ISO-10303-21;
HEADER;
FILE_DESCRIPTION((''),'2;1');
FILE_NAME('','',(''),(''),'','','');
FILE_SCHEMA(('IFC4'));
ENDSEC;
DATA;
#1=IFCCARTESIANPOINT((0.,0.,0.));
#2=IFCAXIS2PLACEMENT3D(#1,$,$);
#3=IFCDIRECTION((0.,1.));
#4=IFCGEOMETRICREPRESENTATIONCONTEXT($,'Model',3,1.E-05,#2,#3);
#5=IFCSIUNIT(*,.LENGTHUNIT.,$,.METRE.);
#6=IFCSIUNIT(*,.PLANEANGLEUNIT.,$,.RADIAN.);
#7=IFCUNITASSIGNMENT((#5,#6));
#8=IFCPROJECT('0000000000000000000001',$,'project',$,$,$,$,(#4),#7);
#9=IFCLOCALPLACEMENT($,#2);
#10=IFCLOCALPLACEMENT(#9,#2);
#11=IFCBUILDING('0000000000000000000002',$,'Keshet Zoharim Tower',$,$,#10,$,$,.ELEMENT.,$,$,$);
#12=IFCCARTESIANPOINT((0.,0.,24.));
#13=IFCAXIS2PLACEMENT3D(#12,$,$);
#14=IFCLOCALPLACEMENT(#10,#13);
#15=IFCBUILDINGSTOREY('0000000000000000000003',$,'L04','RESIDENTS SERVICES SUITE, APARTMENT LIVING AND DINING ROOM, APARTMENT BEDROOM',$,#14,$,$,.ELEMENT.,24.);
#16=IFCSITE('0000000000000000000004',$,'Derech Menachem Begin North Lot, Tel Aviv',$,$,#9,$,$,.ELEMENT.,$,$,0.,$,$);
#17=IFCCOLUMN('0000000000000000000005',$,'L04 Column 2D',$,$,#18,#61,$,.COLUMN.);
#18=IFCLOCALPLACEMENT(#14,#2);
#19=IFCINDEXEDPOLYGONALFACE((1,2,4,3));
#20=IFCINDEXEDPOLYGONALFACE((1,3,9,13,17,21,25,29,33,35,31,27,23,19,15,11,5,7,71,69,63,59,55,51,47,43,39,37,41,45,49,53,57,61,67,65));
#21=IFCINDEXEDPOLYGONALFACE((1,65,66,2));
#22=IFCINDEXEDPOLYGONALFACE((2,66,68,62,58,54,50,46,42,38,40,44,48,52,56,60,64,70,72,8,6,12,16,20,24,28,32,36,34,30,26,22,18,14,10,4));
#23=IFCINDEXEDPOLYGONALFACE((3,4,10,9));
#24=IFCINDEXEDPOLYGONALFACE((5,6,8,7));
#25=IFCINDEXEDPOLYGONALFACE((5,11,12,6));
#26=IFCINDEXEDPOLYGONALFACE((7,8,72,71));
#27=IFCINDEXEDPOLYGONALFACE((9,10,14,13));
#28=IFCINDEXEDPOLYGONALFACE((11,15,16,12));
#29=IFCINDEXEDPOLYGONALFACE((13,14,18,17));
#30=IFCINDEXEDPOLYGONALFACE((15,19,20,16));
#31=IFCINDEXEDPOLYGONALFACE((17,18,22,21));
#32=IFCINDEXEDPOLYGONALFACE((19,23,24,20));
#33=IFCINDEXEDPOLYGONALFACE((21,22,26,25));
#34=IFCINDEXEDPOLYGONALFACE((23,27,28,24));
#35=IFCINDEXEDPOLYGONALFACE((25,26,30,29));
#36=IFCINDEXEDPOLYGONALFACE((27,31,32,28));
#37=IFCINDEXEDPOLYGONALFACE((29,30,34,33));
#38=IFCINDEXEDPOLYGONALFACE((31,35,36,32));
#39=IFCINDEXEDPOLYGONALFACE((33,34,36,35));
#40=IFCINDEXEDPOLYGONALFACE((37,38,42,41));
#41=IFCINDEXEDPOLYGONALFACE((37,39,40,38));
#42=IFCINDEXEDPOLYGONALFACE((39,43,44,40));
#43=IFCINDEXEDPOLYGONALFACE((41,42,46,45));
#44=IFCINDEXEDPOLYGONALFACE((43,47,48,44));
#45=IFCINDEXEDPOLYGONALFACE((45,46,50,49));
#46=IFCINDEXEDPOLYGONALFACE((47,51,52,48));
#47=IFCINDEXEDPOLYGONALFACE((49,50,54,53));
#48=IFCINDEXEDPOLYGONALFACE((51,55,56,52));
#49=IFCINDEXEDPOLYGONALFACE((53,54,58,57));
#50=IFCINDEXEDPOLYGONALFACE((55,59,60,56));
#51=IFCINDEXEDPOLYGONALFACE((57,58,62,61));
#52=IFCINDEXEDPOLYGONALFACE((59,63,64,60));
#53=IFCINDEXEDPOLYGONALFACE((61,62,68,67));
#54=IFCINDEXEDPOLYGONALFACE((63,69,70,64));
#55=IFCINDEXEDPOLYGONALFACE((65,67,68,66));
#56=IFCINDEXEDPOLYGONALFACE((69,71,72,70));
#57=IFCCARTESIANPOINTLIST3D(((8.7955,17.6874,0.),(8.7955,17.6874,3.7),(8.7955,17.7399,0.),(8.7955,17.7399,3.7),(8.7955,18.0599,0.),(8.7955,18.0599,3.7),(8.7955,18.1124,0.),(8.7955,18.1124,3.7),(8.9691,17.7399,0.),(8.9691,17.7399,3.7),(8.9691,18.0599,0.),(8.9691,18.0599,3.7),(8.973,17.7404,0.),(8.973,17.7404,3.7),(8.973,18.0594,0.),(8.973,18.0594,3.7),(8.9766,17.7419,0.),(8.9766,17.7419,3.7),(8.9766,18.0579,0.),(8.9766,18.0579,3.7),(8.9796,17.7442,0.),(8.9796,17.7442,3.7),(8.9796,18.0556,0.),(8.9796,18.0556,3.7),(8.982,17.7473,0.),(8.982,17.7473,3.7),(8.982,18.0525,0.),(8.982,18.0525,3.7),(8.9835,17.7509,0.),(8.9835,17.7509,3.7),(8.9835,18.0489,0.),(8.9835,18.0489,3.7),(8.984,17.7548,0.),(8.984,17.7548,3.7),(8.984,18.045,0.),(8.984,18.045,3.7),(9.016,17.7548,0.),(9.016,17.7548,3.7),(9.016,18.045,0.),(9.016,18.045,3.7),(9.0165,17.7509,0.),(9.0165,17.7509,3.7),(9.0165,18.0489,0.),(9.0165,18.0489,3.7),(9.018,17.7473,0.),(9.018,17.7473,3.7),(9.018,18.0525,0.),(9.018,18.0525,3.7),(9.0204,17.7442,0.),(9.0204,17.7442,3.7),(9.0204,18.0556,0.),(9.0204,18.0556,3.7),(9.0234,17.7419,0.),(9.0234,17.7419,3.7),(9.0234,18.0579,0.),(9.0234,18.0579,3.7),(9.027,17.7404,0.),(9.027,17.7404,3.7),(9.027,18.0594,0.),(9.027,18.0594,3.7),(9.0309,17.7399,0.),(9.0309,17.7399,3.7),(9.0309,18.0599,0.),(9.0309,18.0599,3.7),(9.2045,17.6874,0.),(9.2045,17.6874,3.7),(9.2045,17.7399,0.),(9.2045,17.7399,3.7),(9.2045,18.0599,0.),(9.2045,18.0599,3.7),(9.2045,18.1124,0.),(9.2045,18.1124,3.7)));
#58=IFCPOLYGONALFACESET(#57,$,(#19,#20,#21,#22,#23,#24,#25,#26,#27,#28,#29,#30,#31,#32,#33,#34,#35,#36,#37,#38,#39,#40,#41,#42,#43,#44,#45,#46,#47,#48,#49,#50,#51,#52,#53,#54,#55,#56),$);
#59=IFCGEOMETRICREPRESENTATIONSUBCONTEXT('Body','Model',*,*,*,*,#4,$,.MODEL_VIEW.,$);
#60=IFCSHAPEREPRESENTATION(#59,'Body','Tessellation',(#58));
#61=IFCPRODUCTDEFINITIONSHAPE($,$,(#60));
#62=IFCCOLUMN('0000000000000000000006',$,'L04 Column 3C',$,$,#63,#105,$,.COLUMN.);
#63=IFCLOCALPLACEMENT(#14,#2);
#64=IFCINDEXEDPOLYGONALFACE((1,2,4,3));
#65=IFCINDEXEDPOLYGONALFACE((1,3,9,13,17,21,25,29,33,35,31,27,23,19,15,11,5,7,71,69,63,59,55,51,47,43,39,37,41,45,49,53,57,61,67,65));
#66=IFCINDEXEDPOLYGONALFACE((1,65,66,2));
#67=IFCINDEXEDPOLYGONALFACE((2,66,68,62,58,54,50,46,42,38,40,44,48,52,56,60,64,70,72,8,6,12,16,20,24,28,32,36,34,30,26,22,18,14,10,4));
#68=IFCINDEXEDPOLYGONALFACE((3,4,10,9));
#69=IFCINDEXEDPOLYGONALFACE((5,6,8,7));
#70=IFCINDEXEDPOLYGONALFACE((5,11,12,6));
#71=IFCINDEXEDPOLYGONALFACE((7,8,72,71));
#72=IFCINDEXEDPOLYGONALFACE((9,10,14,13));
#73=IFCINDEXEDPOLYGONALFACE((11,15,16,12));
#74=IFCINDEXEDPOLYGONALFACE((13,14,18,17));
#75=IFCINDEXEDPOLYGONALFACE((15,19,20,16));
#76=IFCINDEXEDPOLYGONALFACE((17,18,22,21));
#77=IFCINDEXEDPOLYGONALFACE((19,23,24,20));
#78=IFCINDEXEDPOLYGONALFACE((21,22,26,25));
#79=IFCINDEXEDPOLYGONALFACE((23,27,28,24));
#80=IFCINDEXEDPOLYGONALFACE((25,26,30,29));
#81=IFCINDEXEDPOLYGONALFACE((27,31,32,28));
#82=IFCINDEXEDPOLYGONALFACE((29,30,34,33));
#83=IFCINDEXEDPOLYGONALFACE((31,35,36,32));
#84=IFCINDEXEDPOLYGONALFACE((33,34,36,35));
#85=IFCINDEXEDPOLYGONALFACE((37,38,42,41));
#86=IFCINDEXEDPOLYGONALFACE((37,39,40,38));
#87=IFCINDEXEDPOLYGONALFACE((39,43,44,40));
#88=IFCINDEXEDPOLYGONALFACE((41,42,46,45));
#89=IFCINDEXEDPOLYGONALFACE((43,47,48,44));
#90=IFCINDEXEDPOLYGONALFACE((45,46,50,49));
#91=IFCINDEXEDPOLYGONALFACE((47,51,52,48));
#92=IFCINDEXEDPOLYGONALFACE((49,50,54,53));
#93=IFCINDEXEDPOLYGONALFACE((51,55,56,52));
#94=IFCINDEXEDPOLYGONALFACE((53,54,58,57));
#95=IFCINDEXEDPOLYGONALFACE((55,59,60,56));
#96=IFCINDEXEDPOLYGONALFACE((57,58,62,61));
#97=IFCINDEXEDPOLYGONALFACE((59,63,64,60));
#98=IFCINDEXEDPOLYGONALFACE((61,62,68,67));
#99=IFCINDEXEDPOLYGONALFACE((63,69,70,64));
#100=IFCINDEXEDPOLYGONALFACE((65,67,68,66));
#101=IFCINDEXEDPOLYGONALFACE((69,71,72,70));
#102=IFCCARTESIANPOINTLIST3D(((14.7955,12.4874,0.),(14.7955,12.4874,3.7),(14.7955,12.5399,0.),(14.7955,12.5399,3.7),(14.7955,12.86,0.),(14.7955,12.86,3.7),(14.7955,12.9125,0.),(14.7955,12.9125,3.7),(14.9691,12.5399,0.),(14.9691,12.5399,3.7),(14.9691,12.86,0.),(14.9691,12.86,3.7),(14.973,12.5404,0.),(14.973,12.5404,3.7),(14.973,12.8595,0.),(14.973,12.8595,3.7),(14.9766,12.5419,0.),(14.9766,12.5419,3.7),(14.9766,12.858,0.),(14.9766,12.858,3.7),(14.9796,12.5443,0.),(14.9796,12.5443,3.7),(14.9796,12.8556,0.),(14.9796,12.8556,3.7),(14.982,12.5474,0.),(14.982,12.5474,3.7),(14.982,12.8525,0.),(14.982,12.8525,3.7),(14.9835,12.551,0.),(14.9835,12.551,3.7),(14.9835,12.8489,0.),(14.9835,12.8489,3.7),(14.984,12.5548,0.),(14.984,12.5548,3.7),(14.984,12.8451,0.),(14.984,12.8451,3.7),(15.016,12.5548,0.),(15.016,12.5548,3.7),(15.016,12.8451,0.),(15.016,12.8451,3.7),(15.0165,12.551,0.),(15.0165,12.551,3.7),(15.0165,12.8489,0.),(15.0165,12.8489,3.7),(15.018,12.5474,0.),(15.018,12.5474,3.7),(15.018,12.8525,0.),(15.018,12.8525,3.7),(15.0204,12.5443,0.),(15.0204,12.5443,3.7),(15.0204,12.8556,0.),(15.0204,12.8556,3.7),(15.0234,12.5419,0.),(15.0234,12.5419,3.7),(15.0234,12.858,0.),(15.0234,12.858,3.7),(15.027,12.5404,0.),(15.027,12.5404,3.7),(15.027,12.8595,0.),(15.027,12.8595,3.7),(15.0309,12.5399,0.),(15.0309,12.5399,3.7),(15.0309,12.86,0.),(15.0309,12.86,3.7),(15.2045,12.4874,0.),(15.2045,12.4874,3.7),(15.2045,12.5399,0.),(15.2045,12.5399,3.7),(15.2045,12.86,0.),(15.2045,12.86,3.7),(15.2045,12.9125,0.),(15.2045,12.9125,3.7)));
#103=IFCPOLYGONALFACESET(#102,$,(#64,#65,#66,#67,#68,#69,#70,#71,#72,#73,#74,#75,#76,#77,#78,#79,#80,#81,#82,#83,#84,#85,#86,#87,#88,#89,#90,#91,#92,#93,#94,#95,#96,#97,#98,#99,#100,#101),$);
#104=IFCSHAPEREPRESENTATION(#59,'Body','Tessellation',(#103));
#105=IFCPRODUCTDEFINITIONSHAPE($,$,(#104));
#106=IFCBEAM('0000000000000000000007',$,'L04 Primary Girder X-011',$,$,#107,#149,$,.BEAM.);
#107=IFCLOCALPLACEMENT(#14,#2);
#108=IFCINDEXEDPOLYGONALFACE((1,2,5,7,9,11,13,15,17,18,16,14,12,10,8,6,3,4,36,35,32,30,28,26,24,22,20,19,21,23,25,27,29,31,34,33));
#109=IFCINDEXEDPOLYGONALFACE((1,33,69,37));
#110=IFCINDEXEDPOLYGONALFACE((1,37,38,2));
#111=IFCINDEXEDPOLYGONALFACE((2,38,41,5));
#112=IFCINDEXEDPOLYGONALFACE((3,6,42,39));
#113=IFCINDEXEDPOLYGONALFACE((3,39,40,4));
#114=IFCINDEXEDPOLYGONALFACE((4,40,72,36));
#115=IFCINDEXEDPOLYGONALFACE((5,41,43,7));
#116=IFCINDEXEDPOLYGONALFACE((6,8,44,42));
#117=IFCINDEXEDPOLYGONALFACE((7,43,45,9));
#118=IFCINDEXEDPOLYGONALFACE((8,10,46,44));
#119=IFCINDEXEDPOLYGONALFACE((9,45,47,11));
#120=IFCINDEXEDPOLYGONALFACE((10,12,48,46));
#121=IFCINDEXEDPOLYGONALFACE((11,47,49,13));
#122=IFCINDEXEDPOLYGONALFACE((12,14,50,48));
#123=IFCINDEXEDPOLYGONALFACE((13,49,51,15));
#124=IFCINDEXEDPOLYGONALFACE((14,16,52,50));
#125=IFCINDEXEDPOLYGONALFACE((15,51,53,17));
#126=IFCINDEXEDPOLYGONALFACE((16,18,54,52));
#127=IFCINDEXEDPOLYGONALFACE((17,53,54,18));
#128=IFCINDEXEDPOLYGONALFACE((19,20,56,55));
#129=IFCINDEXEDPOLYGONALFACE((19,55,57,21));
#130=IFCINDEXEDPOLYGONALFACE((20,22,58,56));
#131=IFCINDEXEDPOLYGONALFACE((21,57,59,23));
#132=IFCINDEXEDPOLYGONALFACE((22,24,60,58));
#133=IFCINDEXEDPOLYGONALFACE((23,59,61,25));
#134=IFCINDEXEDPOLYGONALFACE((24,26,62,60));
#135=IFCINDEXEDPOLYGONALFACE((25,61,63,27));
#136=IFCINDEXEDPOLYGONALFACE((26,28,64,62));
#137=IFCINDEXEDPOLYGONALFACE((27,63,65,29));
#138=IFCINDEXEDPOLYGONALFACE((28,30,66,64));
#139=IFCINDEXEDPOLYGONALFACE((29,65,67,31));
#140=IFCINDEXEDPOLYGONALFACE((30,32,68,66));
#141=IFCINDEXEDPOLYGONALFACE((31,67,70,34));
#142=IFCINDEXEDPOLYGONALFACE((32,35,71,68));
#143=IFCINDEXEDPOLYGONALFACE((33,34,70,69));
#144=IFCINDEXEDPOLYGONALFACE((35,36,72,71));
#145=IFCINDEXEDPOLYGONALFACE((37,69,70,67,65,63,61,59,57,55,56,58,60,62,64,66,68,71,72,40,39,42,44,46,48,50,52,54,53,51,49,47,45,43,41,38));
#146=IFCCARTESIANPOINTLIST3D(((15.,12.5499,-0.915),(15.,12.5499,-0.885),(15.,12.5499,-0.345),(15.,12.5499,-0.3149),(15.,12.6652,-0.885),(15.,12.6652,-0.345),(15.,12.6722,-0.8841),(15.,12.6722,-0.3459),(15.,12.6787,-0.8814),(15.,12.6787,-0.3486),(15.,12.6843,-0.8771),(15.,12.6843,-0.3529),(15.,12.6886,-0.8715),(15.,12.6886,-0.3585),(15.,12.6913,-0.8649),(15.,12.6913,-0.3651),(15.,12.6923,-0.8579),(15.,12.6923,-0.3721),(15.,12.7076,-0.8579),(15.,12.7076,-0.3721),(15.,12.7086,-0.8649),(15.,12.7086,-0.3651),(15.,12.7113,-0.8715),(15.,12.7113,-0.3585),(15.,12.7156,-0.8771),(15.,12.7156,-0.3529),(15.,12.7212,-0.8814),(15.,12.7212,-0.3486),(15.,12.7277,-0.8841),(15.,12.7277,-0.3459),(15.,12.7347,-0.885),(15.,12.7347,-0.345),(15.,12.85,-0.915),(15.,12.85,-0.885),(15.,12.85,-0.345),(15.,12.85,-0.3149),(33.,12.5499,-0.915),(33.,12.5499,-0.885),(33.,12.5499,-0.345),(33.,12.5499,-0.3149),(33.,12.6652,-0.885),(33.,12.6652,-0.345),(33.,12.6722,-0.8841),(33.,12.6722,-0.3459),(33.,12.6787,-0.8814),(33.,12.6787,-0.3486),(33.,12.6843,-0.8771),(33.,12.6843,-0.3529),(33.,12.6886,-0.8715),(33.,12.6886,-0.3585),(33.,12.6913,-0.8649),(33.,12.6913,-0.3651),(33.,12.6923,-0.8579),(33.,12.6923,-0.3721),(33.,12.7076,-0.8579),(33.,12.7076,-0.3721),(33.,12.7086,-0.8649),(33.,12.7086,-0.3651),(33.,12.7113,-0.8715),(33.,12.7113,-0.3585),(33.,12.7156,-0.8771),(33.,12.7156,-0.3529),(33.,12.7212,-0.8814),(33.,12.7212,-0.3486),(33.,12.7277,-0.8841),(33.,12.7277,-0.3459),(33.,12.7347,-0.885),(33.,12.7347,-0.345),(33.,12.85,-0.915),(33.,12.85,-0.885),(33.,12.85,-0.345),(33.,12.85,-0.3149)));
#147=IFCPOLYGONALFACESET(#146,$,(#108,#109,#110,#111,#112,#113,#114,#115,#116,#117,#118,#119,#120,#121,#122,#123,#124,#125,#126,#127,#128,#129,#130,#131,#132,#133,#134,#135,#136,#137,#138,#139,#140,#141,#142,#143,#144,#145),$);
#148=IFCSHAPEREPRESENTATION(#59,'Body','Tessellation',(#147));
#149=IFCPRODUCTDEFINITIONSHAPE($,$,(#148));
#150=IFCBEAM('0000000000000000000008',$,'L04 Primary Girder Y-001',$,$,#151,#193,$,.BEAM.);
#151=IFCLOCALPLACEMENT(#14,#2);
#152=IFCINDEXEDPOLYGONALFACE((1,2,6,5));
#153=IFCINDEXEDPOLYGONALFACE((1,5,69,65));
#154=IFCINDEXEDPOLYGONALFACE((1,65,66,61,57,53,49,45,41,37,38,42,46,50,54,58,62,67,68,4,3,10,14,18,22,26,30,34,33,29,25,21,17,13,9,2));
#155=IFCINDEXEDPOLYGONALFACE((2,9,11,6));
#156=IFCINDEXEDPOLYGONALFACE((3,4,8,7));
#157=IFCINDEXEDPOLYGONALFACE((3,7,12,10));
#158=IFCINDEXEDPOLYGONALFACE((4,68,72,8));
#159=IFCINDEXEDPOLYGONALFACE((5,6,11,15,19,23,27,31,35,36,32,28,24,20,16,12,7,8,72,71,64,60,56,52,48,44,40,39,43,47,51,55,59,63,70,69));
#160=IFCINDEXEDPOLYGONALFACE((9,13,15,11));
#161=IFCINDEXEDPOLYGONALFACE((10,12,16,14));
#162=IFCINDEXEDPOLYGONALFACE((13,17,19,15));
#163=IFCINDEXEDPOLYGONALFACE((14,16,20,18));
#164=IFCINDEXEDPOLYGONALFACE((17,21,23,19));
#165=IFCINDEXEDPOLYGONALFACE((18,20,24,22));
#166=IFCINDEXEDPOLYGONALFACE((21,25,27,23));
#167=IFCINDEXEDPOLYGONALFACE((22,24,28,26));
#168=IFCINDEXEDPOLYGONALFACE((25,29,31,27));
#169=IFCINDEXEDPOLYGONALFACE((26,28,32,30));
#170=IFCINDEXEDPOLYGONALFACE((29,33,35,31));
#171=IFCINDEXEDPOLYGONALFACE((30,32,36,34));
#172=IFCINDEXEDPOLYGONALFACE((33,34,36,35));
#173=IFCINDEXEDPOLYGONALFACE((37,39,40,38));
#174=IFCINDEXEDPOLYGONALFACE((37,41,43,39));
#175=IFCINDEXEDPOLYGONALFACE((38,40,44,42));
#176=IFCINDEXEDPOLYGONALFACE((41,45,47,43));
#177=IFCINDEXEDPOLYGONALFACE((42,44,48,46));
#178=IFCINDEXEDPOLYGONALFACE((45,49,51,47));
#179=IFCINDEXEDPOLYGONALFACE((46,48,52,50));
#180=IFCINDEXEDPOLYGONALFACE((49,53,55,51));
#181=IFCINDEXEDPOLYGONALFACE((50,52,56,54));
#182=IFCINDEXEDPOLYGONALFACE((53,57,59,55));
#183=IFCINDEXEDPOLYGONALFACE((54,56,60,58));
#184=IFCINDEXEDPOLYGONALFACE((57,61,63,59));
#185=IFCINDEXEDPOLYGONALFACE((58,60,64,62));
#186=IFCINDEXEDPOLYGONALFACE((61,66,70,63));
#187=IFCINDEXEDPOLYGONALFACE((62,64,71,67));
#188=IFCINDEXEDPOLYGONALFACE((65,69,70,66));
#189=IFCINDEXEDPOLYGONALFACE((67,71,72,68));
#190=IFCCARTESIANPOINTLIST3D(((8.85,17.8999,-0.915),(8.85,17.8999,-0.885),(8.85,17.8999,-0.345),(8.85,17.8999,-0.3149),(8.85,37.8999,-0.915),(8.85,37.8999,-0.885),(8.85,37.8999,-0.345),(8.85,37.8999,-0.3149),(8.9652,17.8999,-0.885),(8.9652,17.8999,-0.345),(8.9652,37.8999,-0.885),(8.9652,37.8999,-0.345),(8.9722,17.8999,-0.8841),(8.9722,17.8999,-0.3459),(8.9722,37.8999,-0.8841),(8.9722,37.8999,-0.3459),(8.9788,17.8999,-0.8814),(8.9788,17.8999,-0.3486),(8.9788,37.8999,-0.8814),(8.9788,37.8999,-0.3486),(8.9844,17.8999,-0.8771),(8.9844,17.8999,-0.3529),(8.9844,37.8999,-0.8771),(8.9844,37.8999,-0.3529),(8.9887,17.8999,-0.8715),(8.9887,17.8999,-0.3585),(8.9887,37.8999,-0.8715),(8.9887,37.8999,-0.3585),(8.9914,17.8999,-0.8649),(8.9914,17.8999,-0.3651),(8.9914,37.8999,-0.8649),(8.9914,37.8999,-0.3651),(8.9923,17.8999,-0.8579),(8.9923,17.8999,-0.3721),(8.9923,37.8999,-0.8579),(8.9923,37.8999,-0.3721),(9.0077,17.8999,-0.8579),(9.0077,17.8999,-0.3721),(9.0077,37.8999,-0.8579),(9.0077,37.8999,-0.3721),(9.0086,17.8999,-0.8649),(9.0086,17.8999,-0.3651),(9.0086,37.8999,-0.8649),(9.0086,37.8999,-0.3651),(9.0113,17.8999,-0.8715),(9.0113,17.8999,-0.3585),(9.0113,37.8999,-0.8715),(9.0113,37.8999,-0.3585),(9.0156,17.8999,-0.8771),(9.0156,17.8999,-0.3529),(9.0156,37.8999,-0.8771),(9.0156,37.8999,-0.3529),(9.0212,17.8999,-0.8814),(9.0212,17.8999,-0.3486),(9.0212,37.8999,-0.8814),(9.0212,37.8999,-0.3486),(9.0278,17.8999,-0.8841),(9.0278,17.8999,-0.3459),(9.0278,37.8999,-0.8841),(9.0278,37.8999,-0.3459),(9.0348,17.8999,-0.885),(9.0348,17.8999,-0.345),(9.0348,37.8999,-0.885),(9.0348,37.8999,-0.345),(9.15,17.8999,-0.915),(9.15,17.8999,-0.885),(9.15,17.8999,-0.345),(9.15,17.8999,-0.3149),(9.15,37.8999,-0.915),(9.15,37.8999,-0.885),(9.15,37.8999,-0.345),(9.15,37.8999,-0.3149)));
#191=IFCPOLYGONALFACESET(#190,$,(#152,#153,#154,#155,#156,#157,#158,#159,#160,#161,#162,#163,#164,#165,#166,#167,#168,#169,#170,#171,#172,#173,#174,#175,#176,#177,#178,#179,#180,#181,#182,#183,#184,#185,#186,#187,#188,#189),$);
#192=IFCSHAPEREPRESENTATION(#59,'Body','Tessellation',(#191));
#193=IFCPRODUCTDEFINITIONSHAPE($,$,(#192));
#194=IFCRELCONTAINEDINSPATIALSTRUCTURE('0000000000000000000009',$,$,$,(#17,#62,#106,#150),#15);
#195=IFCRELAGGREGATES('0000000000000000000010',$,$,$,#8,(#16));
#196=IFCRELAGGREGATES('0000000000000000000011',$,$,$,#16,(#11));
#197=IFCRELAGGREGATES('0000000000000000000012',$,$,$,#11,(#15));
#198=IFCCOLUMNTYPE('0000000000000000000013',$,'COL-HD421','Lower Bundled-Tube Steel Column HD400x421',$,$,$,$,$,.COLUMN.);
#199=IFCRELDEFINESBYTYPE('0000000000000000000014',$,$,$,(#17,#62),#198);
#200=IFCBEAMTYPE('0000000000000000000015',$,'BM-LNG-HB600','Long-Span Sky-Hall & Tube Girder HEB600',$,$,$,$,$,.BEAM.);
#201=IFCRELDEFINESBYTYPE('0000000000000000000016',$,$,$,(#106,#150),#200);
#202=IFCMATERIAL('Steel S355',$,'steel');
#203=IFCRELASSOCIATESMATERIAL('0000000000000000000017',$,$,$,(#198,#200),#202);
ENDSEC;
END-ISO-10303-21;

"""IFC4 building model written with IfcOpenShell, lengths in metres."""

from ifc_helpers import new_model, si_unit, direction, frame, origin, origin_2d, place, context, subcontext, project, spatial, i_section, extrude, material, material_profile, profile_set, type_object, element, save


model = new_model("IFC4")

# Units and contexts
model_context = context("Model", 3, precision=1e-05, world=origin(), true_north=direction((0.0, 1.0)))
body_context = subcontext(model_context, "Body", "Model", "MODEL_VIEW")
ifc_project = project(units=[si_unit("LENGTHUNIT", "METRE"), si_unit("PLANEANGLEUNIT", "RADIAN")], contexts=[model_context])

# Site, building, storey
site_placement = place(None, origin())
site = spatial("IfcSite", under=ifc_project, at=site_placement, Name="Derech Menachem Begin North Lot, Tel Aviv", CompositionType="ELEMENT", RefElevation=0.0)
building_placement = place(site_placement, origin())
building = spatial("IfcBuilding", under=site, at=building_placement, Name="Keshet Zoharim Tower", CompositionType="ELEMENT")
storey_placement = place(building_placement, frame((0.0, 0.0, 24.0)))
storey = spatial("IfcBuildingStorey", under=building, at=storey_placement, Name="L04", Description="RESIDENTS SERVICES SUITE, APARTMENT LIVING AND DINING ROOM, APARTMENT BEDROOM", CompositionType="ELEMENT", Elevation=24.0)

# Columns
ifc_material_1 = material(Name="Steel S355", Category="steel")
ifc_material_profile_1 = material_profile(ifc_material_1, i_section(OverallWidth=0.4089, OverallDepth=0.425, WebThickness=0.032, FlangeThickness=0.0525, FilletRadius=0.0149, at=origin_2d()), Name="HD400x421")
ifc_profile_set_1 = profile_set([ifc_material_profile_1], Name="Steel S355")
column_type = type_object("IfcColumnType", Name="COL-HD421", Description="Lower Bundled-Tube Steel Column HD400x421", PredefinedType="COLUMN", material=ifc_profile_set_1)
for number, where, z_axis, x_axis, name in (
    (1, (9.0, 17.8999, 0.0), (0.0, 0.0, 1.0), (1.0, 0.0, 0.0), "L04 Column 2D"),
    (2, (15.0, 12.7, 0.0), (0.0, 0.0, 1.0), (1.0, 0.0, 0.0), "L04 Column 3C"),
):
    element("IfcColumn", number, at=place(storey_placement, frame(where, z_axis=z_axis, x_axis=x_axis)), inside=storey, type_object=column_type, Name=name, PredefinedType="COLUMN", context=body_context, shape_type="SweptSolid", body=[
        extrude(i_section(OverallWidth=0.4089, OverallDepth=0.425, WebThickness=0.032, FlangeThickness=0.0525, FilletRadius=0.0149, at=origin_2d()), origin(), (0.0, 0.0, 1.0), 3.7),
    ])

# Beams
ifc_material_profile_2 = material_profile(ifc_material_1, i_section(OverallWidth=0.3, OverallDepth=0.6001, WebThickness=0.0154, FlangeThickness=0.03, FilletRadius=0.0271, at=origin_2d()), Name="HEB600")
ifc_profile_set_2 = profile_set([ifc_material_profile_2], Name="Steel S355")
beam_type_1 = type_object("IfcBeamType", Name="BM-LNG-HB600", Description="Long-Span Sky-Hall & Tube Girder HEB600", PredefinedType="BEAM", material=ifc_profile_set_2)
beam_1_placement = place(storey_placement, frame((15.0, 12.7, -0.615), z_axis=(1.0, 0.0, 0.0), x_axis=(0.0, 1.0, 0.0)))
element("IfcBeam", 3, at=beam_1_placement, inside=storey, type_object=beam_type_1, Name="L04 Primary Girder X-011", PredefinedType="BEAM", context=body_context, shape_type="SweptSolid", body=[
    extrude(i_section(OverallWidth=0.3, OverallDepth=0.6001, WebThickness=0.0154, FlangeThickness=0.03, FilletRadius=0.0271, at=origin_2d()), origin(), (0.0, 0.0, 1.0), 18.0),
])
beam_2_placement = place(storey_placement, frame((9.0, 17.8999, -0.615), z_axis=(0.0, 1.0, 0.0), x_axis=(-1.0, 0.0, 0.0)))
element("IfcBeam", 4, at=beam_2_placement, inside=storey, type_object=beam_type_1, Name="L04 Primary Girder Y-001", PredefinedType="BEAM", context=body_context, shape_type="SweptSolid", body=[
    extrude(i_section(OverallWidth=0.3, OverallDepth=0.6001, WebThickness=0.0154, FlangeThickness=0.03, FilletRadius=0.0271, at=origin_2d()), origin(), (0.0, 0.0, 1.0), 20.0),
])

save(model, "model.ifc")
